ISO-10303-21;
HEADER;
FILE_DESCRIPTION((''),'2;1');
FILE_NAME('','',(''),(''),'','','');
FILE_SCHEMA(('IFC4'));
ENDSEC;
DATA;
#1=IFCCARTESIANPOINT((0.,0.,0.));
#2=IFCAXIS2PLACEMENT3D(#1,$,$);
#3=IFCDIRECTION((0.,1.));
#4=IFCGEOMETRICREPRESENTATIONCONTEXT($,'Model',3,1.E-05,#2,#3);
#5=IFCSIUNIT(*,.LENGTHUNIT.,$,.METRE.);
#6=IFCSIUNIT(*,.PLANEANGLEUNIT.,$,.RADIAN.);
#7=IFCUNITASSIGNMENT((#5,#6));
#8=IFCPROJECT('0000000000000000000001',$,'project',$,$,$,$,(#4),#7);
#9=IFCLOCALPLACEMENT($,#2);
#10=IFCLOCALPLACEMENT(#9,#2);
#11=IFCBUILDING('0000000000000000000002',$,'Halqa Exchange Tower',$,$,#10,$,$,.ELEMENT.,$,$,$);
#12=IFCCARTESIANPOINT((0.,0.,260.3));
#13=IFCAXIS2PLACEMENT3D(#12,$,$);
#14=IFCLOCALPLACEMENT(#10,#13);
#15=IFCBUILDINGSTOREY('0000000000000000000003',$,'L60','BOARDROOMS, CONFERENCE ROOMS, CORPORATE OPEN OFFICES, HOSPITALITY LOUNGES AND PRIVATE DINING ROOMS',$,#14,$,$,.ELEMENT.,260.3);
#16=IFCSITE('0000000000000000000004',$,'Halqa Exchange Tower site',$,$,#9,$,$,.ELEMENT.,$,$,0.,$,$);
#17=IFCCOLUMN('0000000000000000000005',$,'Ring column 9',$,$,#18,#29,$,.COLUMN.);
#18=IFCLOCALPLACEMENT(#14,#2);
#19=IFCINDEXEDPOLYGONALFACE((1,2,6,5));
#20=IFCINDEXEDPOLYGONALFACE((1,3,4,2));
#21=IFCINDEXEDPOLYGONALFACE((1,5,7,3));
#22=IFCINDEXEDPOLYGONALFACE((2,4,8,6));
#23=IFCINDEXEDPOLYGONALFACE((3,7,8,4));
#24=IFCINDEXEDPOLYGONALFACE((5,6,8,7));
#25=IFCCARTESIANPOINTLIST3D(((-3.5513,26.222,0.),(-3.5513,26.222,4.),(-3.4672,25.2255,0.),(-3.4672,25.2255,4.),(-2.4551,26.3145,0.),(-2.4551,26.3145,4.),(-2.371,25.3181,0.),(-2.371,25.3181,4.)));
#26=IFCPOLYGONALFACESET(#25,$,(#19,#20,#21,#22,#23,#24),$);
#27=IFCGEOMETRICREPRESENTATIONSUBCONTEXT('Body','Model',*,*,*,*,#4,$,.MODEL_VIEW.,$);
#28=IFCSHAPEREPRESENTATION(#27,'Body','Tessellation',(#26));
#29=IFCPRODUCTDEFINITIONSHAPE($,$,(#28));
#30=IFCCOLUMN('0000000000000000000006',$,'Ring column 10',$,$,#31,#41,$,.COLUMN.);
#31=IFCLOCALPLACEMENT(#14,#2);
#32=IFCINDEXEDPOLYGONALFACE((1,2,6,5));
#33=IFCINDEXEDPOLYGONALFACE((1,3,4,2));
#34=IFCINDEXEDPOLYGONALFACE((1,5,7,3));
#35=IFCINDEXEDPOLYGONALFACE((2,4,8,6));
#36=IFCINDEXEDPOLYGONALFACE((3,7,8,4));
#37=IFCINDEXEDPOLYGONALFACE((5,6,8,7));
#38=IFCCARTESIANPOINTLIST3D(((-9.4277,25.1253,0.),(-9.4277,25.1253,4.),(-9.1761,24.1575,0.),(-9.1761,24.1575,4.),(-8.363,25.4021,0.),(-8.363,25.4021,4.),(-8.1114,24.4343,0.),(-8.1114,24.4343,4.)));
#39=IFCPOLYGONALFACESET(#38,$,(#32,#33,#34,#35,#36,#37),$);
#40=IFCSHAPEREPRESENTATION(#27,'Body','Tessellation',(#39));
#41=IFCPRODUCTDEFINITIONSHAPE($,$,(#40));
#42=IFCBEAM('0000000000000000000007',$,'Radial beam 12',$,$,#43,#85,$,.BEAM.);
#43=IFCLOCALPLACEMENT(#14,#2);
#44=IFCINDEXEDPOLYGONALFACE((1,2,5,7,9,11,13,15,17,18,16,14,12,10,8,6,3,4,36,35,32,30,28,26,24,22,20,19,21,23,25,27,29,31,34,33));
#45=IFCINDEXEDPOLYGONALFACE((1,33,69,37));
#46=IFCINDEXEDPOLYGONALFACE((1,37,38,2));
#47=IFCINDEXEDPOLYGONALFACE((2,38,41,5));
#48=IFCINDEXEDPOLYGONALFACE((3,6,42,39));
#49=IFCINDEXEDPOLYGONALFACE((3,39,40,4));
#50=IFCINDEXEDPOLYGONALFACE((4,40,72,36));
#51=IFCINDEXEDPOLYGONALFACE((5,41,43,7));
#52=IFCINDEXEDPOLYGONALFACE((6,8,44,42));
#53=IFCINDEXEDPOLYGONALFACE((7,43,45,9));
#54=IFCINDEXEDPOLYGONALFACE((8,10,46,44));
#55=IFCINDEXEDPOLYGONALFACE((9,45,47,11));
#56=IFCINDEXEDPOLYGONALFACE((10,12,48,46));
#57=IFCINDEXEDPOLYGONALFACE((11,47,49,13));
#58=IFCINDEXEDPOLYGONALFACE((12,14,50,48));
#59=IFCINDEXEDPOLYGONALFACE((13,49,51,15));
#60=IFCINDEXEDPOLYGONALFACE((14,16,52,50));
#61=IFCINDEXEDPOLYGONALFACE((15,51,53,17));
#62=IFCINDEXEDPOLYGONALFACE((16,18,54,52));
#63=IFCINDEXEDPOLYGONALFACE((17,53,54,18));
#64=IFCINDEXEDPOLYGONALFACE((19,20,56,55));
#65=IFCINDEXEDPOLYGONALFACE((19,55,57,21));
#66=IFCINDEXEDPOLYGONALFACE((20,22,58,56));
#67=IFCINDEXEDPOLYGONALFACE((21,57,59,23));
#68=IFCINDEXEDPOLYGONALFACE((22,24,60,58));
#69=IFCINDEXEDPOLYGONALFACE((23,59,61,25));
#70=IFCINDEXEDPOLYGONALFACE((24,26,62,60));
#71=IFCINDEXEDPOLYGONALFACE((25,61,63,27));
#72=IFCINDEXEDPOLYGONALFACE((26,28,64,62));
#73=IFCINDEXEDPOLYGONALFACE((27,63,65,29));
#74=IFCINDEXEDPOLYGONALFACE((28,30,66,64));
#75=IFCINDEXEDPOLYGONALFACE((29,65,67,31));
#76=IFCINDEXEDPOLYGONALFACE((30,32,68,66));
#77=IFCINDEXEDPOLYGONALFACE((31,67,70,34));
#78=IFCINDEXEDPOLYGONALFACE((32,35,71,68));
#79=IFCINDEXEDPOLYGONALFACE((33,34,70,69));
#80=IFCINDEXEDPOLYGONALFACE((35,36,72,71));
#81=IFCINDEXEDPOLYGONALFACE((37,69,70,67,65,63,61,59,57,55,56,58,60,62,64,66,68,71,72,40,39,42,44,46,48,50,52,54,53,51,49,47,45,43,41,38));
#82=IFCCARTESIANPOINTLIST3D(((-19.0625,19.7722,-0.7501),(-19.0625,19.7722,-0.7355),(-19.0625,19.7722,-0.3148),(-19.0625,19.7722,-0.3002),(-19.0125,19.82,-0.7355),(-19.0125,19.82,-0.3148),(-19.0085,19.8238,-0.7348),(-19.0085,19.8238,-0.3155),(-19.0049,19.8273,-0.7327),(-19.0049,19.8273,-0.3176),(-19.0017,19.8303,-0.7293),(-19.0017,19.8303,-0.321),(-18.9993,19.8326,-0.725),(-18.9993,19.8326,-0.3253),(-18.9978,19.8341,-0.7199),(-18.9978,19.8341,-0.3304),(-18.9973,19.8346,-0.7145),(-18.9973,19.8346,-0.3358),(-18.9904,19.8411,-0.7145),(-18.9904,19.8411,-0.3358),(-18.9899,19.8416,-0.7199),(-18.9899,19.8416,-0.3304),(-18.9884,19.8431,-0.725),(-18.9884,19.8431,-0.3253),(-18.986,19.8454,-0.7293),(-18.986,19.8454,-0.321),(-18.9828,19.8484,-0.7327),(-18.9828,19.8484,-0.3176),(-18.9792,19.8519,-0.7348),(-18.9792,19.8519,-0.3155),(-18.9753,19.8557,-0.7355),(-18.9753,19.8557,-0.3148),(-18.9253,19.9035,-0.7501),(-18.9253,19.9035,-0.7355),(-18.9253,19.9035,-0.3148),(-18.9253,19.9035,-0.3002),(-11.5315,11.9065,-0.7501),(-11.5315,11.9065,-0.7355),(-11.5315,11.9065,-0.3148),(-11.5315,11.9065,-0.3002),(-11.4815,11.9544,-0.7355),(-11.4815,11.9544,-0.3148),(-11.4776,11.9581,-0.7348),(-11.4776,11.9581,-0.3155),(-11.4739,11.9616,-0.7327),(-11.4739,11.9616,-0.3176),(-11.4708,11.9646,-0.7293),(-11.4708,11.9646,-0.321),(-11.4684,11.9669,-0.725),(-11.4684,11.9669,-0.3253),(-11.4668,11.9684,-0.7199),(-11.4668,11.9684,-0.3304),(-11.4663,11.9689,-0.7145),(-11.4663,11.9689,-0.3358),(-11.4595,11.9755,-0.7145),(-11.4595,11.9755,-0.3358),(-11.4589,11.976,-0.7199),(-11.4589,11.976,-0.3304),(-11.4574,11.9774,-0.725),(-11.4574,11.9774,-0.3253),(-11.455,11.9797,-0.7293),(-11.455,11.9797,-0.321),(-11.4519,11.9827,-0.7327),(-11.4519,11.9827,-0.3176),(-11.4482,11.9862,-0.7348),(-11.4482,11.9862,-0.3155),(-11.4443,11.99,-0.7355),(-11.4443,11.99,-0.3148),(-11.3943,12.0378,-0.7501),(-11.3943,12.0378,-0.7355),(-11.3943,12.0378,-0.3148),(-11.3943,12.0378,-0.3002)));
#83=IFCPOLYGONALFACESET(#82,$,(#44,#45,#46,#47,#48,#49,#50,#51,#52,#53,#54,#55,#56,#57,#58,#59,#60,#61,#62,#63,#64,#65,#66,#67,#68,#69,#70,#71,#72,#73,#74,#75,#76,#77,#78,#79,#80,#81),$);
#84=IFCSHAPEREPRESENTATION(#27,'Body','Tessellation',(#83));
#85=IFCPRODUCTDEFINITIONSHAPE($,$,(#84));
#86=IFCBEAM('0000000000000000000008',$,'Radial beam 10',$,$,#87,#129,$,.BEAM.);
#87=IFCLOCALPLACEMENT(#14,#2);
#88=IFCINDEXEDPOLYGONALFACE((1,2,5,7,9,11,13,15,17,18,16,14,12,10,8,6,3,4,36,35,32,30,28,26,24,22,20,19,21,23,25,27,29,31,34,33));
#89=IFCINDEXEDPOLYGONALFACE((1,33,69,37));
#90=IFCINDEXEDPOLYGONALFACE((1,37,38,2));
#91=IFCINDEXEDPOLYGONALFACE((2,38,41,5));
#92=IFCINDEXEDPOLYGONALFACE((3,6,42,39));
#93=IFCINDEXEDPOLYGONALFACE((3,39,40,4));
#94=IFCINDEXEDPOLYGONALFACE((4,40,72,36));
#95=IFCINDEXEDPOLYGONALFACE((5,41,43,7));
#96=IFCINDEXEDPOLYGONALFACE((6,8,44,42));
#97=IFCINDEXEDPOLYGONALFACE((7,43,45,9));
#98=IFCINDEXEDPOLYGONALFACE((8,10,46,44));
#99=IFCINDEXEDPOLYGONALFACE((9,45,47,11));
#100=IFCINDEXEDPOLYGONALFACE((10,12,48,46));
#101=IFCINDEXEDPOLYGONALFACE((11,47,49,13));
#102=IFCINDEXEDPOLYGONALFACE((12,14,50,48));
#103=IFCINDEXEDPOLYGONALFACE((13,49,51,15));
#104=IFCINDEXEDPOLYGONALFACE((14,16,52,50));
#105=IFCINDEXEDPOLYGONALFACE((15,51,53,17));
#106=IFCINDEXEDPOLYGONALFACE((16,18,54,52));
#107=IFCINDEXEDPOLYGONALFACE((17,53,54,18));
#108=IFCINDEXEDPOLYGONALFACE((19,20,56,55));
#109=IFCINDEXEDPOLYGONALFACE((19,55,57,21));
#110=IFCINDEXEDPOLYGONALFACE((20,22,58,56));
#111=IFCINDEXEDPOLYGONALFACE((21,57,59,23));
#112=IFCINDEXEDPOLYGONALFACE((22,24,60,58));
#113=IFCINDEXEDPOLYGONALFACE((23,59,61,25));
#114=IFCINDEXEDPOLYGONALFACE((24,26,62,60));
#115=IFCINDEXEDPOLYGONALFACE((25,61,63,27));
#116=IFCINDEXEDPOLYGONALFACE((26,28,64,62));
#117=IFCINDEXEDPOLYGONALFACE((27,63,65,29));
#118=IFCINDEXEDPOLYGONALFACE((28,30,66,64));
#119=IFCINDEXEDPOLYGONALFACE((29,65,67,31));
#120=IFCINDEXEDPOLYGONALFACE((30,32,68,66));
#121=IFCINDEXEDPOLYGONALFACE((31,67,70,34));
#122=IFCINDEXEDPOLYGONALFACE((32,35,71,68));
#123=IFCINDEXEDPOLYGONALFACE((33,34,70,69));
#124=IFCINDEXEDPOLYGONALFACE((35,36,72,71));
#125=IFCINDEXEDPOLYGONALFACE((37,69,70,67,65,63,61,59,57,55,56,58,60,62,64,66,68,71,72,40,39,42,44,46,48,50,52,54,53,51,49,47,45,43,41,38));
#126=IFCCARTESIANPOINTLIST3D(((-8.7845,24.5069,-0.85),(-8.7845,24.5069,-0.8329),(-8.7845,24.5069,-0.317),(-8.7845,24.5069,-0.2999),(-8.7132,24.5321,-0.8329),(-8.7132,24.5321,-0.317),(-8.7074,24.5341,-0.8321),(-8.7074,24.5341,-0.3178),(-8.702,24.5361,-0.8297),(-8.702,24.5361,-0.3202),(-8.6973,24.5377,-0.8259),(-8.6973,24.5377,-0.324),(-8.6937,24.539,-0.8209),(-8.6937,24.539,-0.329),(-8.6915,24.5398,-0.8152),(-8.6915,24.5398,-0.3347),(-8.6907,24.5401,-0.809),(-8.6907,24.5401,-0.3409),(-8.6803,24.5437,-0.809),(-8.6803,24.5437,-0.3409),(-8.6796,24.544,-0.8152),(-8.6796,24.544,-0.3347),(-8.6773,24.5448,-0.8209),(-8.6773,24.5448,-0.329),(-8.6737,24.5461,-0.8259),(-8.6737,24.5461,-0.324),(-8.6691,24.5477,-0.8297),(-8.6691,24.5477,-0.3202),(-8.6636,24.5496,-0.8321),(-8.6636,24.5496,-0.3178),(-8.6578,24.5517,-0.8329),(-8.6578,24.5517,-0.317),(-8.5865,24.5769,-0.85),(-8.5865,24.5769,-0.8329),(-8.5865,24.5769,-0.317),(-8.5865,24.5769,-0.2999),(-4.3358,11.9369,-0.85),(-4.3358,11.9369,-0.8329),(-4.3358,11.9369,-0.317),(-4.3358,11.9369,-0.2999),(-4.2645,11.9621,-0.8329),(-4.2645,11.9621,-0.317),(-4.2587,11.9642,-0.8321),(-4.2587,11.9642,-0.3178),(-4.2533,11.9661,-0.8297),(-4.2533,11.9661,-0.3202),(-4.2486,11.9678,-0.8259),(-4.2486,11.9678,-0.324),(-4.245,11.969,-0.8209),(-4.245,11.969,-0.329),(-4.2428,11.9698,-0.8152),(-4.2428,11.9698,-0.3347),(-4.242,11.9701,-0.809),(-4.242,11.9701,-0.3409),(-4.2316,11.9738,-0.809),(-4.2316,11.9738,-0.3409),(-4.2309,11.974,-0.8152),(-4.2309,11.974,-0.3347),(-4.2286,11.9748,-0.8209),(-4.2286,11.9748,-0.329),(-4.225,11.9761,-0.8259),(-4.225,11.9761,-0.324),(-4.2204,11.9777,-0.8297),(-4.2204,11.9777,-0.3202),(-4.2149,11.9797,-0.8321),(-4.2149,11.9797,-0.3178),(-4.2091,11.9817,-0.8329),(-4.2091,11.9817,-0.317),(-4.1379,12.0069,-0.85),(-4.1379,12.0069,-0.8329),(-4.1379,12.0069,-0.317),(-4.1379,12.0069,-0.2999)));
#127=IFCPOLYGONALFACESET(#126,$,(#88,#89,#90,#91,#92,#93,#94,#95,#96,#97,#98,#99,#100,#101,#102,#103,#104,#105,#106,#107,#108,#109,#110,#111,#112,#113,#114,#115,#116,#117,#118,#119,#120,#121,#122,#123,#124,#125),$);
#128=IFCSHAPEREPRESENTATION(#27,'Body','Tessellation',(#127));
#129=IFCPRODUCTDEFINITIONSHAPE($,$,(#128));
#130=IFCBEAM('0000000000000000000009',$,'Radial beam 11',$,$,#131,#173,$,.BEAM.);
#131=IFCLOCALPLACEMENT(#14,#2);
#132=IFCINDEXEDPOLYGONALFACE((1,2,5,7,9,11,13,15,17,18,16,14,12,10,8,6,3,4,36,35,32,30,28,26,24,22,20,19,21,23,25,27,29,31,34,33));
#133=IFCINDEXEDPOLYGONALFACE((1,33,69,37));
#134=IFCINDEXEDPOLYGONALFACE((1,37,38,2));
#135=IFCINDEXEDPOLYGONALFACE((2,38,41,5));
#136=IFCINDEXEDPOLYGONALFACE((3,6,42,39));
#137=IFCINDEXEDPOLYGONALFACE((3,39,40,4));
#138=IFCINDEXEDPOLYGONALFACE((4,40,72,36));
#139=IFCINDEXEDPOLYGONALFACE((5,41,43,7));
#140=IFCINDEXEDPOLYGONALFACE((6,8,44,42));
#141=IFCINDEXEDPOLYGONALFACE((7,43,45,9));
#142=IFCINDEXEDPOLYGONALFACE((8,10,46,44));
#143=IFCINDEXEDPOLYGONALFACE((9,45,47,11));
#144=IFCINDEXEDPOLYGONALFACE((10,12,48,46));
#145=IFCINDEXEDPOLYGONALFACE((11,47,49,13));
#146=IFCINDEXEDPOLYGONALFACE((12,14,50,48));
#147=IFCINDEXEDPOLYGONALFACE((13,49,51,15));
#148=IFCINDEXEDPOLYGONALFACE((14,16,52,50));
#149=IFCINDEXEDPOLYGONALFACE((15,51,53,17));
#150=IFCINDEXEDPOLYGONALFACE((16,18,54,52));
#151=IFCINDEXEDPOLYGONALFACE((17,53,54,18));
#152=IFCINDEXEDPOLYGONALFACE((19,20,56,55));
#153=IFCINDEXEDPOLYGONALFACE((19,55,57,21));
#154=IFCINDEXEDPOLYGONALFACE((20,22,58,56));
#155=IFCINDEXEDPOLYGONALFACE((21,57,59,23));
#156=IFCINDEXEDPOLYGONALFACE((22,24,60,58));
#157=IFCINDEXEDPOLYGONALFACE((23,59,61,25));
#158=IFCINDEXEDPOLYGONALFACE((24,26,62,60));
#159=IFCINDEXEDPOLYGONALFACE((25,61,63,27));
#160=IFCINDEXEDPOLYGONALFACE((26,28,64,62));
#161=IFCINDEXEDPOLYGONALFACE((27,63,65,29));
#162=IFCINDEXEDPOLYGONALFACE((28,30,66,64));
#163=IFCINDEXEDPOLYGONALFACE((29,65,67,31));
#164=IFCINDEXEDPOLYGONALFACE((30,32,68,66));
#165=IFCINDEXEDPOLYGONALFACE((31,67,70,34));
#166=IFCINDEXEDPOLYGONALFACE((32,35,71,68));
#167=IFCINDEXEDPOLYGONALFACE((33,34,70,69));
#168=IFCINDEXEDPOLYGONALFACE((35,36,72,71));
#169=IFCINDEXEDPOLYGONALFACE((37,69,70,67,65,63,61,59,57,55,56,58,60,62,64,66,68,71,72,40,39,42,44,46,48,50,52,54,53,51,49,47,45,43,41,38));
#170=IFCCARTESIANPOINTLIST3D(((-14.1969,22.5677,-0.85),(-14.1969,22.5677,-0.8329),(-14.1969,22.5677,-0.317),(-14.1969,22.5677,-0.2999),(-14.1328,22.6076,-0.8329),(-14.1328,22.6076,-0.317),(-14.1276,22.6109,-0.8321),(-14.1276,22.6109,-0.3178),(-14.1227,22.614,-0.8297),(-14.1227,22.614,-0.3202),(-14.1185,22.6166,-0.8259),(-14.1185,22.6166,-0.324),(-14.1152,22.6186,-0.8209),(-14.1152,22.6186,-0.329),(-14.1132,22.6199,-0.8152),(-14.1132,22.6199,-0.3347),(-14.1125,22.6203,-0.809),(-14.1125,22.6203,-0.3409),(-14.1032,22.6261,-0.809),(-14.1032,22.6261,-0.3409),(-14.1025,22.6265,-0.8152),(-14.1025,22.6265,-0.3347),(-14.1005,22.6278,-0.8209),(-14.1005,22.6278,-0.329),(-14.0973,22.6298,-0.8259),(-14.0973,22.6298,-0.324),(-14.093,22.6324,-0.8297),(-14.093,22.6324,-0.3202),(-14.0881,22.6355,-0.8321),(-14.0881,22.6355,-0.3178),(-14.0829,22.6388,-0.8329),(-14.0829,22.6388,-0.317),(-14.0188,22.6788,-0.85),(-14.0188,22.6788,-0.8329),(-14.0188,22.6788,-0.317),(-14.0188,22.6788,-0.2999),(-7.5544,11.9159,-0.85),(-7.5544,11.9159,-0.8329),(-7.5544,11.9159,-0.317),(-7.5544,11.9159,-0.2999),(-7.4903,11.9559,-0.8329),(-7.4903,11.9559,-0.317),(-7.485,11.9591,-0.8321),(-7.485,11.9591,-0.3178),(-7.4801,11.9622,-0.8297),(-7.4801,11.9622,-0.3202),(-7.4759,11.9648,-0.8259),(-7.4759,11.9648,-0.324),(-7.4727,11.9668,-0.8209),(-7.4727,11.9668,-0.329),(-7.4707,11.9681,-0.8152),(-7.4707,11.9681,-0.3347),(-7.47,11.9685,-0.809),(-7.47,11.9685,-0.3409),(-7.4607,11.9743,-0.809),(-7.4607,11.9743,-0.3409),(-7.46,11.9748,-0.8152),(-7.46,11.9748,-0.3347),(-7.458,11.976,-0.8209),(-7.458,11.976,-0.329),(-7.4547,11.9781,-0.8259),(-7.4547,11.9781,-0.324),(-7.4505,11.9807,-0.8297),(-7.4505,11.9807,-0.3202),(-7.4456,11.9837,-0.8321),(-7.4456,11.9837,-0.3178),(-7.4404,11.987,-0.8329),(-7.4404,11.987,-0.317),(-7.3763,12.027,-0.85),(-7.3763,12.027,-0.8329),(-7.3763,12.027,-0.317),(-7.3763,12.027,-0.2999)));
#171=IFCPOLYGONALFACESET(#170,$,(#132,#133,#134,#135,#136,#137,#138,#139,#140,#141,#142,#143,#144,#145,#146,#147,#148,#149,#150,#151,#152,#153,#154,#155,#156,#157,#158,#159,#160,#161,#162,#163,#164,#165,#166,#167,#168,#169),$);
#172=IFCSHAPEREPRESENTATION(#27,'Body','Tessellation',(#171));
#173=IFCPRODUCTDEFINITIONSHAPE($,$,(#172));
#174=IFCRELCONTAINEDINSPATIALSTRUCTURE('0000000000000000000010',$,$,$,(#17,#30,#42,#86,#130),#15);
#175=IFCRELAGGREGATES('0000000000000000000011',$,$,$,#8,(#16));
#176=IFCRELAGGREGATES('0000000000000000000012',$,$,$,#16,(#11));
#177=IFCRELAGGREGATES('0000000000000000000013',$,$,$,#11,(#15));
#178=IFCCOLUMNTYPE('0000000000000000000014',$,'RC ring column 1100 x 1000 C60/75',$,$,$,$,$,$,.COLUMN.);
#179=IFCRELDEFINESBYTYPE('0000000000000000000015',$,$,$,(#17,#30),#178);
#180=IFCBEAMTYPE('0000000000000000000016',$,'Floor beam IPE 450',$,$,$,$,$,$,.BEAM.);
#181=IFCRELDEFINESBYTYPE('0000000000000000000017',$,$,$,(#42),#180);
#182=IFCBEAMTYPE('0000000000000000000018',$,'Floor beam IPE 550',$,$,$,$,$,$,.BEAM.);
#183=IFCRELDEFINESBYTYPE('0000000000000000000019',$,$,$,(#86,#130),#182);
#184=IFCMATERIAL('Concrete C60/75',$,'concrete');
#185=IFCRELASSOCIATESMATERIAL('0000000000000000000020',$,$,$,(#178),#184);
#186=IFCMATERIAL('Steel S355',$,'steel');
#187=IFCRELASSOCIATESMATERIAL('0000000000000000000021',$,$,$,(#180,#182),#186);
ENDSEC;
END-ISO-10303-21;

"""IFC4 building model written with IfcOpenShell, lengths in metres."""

from ifc_helpers import new_model, si_unit, direction, frame, origin, origin_2d, place, context, subcontext, project, spatial, rectangle, i_section, extrude, material, material_profile, profile_set, type_object, element, save


model = new_model("IFC4")

# Units and contexts
model_context = context("Model", 3, precision=1e-05, world=origin(), true_north=direction((0.0, 1.0)))
body_context = subcontext(model_context, "Body", "Model", "MODEL_VIEW")
ifc_project = project(units=[si_unit("LENGTHUNIT", "METRE"), si_unit("PLANEANGLEUNIT", "RADIAN")], contexts=[model_context])

# Site, building, storey
site_placement = place(None, origin())
site = spatial("IfcSite", under=ifc_project, at=site_placement, Name="Halqa Exchange Tower site", CompositionType="ELEMENT", RefElevation=0.0)
building_placement = place(site_placement, origin())
building = spatial("IfcBuilding", under=site, at=building_placement, Name="Halqa Exchange Tower", CompositionType="ELEMENT")
storey_placement = place(building_placement, frame((0.0, 0.0, 260.3)))
storey = spatial("IfcBuildingStorey", under=building, at=storey_placement, Name="L60", Description="BOARDROOMS, CONFERENCE ROOMS, CORPORATE OPEN OFFICES, HOSPITALITY LOUNGES AND PRIVATE DINING ROOMS", CompositionType="ELEMENT", Elevation=260.3)

# Columns
ifc_material_1 = material(Name="Concrete C60/75", Category="concrete")
ifc_material_profile_1 = material_profile(ifc_material_1, rectangle(XDim=1.1001, YDim=1.0, at=origin_2d()), Name="1100 x 1000")
ifc_profile_set_1 = profile_set([ifc_material_profile_1], Name="Concrete C60/75")
column_type = type_object("IfcColumnType", Name="RC ring column 1100 x 1000 C60/75", PredefinedType="COLUMN", material=ifc_profile_set_1)
for number, where, z_axis, x_axis, name in (
    (1, (-2.9612, 25.77, 0.0), (0.0, 0.0, 1.0), (-0.996456, -0.08412, 0.0), "Ring column 9"),
    (2, (-8.7695, 24.7798, 0.0), (0.0, 0.0, 1.0), (-0.96782, -0.251642, 0.0), "Ring column 10"),
):
    element("IfcColumn", number, at=place(storey_placement, frame(where, z_axis=z_axis, x_axis=x_axis)), inside=storey, type_object=column_type, Name=name, PredefinedType="COLUMN", context=body_context, shape_type="SweptSolid", body=[
        extrude(rectangle(XDim=1.1001, YDim=1.0, at=origin_2d()), origin(), (0.0, 0.0, 1.0), 4.0),
    ])

# Beams
ifc_material_2 = material(Name="Steel S355", Category="steel")
ifc_material_profile_2 = material_profile(ifc_material_2, i_section(OverallWidth=0.1899, OverallDepth=0.45, WebThickness=0.0095, FlangeThickness=0.0146, FilletRadius=0.021, at=origin_2d()), Name="IPE 450")
ifc_profile_set_2 = profile_set([ifc_material_profile_2], Name="Steel S355")
beam_type_1 = type_object("IfcBeamType", Name="Floor beam IPE 450", PredefinedType="BEAM", material=ifc_profile_set_2)
beam_1_placement = place(storey_placement, frame((-11.4629, 11.9722, -0.5251), z_axis=(-0.691571, 0.722308, 0.0), x_axis=(-0.722308, -0.691571, 0.0)))
element("IfcBeam", 3, at=beam_1_placement, inside=storey, type_object=beam_type_1, Name="Radial beam 12", PredefinedType="BEAM", context=body_context, shape_type="SweptSolid", body=[
    extrude(i_section(OverallWidth=0.1899, OverallDepth=0.45, WebThickness=0.0095, FlangeThickness=0.0146, FilletRadius=0.021, at=origin_2d()), origin(), (0.0, 0.0, 1.0), 10.8896),
])
ifc_material_profile_3 = material_profile(ifc_material_2, i_section(OverallWidth=0.21, OverallDepth=0.55, WebThickness=0.011, FlangeThickness=0.0171, FilletRadius=0.0239, at=origin_2d()), Name="IPE 550")
ifc_profile_set_3 = profile_set([ifc_material_profile_3], Name="Steel S355")
beam_type_2 = type_object("IfcBeamType", Name="Floor beam IPE 550", PredefinedType="BEAM", material=ifc_profile_set_3)
beam_2_placement = place(storey_placement, frame((-4.2368, 11.9719, -0.575), z_axis=(-0.333636, 0.942702, 0.0), x_axis=(-0.942702, -0.333636, 0.0)))
element("IfcBeam", 4, at=beam_2_placement, inside=storey, type_object=beam_type_2, Name="Radial beam 10", PredefinedType="BEAM", context=body_context, shape_type="SweptSolid", body=[
    extrude(i_section(OverallWidth=0.21, OverallDepth=0.55, WebThickness=0.011, FlangeThickness=0.0171, FilletRadius=0.0239, at=origin_2d()), origin(), (0.0, 0.0, 1.0), 13.334),
])
beam_3_placement = place(storey_placement, frame((-7.4653, 11.9714, -0.575), z_axis=(-0.529149, 0.848529, 0.0), x_axis=(-0.848529, -0.529149, 0.0)))
element("IfcBeam", 5, at=beam_3_placement, inside=storey, type_object=beam_type_2, Name="Radial beam 11", PredefinedType="BEAM", context=body_context, shape_type="SweptSolid", body=[
    extrude(i_section(OverallWidth=0.21, OverallDepth=0.55, WebThickness=0.011, FlangeThickness=0.0171, FilletRadius=0.0239, at=origin_2d()), origin(), (0.0, 0.0, 1.0), 12.5532),
])

save(model, "model.ifc")
